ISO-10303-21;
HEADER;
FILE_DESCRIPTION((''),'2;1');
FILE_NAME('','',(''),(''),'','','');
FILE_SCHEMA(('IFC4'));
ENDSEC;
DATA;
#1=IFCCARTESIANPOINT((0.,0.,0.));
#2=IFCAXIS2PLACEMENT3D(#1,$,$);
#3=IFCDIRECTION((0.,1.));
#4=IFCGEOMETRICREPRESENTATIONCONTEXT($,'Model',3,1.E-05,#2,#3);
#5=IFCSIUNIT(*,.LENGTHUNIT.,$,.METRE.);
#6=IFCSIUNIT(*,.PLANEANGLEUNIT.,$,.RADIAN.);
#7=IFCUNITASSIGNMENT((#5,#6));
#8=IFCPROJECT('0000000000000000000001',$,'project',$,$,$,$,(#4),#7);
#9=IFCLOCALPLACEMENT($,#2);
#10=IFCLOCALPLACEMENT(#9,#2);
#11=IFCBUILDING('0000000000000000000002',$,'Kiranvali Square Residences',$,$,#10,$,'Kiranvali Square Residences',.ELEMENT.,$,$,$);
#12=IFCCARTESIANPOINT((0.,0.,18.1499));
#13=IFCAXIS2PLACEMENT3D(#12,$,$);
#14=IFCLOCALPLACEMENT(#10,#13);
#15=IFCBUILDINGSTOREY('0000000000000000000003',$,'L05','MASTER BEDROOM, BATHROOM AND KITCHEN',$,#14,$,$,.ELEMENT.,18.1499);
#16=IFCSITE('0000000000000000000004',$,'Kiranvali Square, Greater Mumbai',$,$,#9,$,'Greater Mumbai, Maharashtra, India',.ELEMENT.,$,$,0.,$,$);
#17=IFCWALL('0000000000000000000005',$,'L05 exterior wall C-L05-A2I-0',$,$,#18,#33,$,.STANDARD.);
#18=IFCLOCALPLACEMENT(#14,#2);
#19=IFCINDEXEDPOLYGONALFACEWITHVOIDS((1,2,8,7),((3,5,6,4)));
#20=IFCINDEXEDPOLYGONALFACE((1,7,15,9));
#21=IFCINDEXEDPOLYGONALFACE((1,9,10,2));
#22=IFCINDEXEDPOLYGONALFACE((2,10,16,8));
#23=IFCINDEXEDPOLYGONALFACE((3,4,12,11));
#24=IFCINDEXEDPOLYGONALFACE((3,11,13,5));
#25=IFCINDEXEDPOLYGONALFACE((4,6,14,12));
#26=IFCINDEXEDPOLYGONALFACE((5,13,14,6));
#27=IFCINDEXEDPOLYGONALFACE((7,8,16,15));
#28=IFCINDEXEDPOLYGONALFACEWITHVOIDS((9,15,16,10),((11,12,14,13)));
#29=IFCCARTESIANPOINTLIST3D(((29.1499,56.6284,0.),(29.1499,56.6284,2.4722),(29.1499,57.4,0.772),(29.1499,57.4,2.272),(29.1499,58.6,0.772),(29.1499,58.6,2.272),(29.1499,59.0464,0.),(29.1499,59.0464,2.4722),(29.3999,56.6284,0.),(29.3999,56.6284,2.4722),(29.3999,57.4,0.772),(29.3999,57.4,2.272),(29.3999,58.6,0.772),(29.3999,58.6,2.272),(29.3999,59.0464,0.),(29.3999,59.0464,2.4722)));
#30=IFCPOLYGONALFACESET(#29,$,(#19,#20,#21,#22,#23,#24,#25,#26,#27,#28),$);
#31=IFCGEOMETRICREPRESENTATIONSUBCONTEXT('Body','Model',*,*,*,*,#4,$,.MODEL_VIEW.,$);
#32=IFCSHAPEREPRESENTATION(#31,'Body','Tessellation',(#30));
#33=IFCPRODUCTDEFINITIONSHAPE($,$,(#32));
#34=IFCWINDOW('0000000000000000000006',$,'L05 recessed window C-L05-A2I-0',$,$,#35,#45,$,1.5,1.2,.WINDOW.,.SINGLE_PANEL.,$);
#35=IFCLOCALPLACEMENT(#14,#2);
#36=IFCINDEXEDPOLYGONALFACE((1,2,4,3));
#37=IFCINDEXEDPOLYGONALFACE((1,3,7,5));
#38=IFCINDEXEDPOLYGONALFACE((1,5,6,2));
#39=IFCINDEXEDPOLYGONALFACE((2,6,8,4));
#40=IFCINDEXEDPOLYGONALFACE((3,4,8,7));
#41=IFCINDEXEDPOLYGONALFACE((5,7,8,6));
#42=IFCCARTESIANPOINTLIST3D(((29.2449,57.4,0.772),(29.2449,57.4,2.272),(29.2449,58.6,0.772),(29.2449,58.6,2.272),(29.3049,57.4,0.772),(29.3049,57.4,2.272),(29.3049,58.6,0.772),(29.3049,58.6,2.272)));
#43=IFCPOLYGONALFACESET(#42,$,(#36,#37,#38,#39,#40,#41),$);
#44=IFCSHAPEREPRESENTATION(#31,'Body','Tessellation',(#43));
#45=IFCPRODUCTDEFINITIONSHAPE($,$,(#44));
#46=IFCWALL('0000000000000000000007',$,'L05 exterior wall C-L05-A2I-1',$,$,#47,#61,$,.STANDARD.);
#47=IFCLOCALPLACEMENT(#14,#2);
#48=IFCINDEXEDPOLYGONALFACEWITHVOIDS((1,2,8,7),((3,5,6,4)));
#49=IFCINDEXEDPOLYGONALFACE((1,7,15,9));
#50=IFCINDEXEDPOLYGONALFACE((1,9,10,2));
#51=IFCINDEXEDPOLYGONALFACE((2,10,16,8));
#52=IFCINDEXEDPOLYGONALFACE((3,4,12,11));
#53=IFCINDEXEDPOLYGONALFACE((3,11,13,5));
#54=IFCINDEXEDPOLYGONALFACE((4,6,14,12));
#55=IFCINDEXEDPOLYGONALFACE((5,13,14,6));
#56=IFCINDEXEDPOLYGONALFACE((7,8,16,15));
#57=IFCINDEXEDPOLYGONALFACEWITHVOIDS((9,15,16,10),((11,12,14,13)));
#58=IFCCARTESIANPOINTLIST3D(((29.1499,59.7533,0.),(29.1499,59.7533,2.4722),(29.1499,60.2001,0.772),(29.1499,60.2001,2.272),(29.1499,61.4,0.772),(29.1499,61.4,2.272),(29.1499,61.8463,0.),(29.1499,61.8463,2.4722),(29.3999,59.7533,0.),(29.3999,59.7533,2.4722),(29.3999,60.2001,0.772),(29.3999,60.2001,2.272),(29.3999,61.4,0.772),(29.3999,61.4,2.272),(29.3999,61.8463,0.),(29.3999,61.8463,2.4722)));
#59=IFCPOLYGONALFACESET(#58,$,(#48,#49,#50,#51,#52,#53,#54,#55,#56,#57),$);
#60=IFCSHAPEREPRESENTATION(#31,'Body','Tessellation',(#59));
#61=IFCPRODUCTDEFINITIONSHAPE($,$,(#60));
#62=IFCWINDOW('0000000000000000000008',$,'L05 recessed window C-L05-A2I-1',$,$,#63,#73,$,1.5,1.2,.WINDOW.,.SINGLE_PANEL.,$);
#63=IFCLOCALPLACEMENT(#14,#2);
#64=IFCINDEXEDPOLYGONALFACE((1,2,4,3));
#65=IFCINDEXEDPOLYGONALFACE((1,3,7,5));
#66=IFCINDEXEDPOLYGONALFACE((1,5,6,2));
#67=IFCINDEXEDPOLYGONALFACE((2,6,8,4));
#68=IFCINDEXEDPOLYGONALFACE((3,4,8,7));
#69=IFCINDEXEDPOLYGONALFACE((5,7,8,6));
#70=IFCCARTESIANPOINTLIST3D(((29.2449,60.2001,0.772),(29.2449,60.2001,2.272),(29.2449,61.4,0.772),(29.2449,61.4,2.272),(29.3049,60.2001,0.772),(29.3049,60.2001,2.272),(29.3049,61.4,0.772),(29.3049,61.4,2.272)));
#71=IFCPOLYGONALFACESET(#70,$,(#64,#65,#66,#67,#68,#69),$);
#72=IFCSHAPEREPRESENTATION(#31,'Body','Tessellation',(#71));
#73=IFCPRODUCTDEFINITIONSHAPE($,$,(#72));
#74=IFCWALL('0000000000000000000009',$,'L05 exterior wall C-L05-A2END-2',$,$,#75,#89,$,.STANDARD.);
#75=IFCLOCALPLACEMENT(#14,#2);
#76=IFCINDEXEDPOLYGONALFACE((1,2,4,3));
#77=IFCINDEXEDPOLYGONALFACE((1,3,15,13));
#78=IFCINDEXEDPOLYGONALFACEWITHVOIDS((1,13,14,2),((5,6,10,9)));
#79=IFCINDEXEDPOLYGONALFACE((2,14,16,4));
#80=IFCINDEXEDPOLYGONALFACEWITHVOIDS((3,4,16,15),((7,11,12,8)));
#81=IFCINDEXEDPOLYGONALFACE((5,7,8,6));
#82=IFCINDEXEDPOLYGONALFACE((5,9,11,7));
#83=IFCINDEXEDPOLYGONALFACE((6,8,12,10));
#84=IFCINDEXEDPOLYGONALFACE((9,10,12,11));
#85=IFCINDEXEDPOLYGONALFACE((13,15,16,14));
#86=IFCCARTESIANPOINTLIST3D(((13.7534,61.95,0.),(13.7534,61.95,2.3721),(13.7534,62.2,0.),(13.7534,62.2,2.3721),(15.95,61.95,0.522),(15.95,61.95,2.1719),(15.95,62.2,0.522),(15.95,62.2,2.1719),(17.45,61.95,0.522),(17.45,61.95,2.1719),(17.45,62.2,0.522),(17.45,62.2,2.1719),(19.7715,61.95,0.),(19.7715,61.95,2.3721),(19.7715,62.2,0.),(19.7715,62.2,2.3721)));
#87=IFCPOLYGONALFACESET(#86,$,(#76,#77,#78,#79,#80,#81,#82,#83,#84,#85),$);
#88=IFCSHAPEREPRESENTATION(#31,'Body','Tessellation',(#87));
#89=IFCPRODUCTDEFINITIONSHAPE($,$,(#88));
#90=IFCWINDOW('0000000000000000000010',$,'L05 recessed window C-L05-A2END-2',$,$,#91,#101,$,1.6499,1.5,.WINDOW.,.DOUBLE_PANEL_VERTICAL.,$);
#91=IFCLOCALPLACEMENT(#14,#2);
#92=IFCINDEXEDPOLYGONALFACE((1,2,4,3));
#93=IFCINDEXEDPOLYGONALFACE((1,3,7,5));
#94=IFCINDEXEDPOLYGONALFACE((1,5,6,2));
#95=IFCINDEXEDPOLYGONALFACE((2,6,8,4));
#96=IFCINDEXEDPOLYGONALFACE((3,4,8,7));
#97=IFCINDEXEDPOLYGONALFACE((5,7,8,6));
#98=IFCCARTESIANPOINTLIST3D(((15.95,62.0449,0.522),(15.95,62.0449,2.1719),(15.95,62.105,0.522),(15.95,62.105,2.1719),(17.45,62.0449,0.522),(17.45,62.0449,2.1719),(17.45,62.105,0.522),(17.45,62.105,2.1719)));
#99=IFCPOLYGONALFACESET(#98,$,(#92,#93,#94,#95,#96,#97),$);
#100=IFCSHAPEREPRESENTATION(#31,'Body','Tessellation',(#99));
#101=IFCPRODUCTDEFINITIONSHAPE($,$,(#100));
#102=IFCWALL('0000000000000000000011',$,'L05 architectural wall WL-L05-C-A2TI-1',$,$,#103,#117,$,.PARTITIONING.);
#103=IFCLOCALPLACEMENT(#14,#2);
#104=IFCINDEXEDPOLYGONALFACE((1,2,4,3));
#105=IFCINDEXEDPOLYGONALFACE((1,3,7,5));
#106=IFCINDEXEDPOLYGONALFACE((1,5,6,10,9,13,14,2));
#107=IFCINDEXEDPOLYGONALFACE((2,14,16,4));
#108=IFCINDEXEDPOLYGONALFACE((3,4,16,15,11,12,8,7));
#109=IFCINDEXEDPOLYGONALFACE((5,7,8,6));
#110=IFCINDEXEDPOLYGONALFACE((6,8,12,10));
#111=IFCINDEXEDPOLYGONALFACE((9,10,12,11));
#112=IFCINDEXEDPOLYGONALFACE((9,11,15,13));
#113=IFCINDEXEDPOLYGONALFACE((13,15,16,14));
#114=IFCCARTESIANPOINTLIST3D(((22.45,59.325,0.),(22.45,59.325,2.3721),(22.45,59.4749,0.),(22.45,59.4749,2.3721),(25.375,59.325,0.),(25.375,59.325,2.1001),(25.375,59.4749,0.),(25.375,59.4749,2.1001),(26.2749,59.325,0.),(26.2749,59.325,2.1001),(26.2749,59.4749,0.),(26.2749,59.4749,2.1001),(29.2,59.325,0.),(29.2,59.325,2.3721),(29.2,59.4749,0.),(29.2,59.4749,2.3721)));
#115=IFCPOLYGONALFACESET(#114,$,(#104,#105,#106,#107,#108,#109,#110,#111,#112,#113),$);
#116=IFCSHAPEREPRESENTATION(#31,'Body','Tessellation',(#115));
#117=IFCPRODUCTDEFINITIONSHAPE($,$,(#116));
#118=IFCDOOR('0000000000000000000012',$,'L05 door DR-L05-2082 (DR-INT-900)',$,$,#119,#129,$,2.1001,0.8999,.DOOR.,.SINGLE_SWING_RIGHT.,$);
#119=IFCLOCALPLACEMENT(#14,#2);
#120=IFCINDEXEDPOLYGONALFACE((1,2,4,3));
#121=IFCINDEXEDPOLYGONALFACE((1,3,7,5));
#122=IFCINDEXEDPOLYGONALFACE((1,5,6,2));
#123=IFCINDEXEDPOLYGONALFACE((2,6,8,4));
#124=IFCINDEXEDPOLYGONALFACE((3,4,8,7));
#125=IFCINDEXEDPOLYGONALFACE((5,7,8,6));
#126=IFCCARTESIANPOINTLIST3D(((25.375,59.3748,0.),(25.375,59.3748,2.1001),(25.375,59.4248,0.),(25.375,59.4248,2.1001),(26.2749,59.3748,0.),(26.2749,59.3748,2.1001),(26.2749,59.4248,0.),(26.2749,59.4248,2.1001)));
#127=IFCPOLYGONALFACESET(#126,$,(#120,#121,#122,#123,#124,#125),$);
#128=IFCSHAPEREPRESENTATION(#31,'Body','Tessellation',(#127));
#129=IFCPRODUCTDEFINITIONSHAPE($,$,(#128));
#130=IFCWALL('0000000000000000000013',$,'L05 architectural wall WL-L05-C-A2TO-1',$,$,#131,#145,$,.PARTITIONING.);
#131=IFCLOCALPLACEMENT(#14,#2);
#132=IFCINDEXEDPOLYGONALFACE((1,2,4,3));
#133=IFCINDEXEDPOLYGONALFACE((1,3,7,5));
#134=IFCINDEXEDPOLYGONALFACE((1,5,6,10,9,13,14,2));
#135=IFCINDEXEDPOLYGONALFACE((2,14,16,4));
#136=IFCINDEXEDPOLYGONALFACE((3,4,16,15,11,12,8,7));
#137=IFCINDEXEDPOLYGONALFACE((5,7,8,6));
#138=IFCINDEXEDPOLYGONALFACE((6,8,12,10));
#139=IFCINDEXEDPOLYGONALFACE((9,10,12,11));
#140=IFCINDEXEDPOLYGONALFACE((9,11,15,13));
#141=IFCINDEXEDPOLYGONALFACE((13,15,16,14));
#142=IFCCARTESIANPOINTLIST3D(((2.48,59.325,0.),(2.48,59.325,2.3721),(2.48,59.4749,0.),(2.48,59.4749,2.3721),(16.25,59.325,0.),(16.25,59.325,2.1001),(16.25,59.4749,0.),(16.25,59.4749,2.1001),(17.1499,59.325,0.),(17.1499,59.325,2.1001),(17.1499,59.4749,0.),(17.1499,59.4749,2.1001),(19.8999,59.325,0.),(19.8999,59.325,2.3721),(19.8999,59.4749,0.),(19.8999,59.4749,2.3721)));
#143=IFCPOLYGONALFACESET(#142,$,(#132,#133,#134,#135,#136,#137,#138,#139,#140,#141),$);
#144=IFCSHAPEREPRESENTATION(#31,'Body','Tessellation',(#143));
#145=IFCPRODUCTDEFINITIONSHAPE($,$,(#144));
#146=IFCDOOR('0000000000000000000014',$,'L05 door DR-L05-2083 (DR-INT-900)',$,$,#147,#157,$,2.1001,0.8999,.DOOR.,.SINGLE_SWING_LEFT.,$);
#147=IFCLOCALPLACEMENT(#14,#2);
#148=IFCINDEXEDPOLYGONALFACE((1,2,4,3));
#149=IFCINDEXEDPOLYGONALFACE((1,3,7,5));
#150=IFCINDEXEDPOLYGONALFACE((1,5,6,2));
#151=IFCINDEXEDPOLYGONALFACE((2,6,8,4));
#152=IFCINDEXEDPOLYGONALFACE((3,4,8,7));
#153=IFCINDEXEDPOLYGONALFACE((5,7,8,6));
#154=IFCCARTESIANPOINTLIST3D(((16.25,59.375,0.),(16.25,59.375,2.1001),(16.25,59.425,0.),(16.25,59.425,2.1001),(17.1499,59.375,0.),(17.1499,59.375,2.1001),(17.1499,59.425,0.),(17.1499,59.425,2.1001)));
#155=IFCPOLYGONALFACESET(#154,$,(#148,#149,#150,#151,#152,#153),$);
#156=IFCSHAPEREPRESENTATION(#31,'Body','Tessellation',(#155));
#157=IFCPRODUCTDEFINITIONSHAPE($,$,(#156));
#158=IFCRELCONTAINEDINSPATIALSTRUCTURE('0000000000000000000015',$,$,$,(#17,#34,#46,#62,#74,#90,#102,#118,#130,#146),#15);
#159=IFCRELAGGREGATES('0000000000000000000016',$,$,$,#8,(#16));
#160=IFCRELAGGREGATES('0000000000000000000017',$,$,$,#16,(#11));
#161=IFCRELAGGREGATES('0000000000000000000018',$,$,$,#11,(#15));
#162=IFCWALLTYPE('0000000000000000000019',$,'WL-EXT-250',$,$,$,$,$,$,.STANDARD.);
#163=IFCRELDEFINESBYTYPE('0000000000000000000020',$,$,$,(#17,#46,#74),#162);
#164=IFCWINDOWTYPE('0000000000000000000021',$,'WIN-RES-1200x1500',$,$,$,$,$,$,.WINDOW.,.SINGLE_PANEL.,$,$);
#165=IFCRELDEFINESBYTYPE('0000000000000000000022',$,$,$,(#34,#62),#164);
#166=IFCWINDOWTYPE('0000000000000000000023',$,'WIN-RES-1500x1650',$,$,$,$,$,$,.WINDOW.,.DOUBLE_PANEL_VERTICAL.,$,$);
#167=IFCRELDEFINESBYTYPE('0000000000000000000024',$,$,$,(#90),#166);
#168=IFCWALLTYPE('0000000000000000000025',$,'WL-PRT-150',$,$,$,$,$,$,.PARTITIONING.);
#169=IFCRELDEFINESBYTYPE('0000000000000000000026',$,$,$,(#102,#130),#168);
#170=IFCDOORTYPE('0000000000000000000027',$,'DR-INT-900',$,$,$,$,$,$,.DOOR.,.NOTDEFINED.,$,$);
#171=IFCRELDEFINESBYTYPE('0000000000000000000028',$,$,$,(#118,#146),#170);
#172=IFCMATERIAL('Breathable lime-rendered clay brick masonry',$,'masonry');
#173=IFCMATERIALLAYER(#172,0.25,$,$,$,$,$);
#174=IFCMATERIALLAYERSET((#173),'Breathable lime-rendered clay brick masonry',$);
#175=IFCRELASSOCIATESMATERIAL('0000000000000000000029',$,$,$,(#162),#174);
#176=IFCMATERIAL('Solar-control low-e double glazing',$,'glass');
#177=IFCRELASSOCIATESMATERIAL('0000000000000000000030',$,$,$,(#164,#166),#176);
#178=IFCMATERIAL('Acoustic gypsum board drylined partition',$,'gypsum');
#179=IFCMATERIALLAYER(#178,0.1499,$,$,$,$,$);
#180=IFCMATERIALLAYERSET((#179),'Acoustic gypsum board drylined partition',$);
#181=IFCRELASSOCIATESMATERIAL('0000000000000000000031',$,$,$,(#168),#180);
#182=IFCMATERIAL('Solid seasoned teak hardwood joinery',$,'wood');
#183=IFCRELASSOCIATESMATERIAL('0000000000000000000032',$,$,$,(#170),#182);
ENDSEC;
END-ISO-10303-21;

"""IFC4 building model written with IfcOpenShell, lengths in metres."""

from ifc_helpers import new_model, si_unit, direction, frame, frame_2d, origin, place, context, subcontext, project, spatial, rectangle, extrude, material, layer, layer_set, type_object, element, fill, save


model = new_model("IFC4")

# Units and contexts
model_context = context("Model", 3, precision=1e-05, world=origin(), true_north=direction((0.0, 1.0)))
body_context = subcontext(model_context, "Body", "Model", "MODEL_VIEW")
ifc_project = project(units=[si_unit("LENGTHUNIT", "METRE"), si_unit("PLANEANGLEUNIT", "RADIAN")], contexts=[model_context])

# Site, building, storey
site_placement = place(None, origin())
site = spatial("IfcSite", under=ifc_project, at=site_placement, Name="Kiranvali Square, Greater Mumbai", LongName="Greater Mumbai, Maharashtra, India", CompositionType="ELEMENT", RefElevation=0.0)
building_placement = place(site_placement, origin())
building = spatial("IfcBuilding", under=site, at=building_placement, Name="Kiranvali Square Residences", LongName="Kiranvali Square Residences", CompositionType="ELEMENT")
storey_placement = place(building_placement, frame((0.0, 0.0, 18.1499)))
storey = spatial("IfcBuildingStorey", under=building, at=storey_placement, Name="L05", Description="MASTER BEDROOM, BATHROOM AND KITCHEN", CompositionType="ELEMENT", Elevation=18.1499)

# Walls, openings, windows
ifc_material_1 = material(Name="Breathable lime-rendered clay brick masonry", Category="masonry")
ifc_layer_1 = layer(ifc_material_1, 0.25)
ifc_layer_set_1 = layer_set([ifc_layer_1], Name="Breathable lime-rendered clay brick masonry")
wall_type_1 = type_object("IfcWallType", Name="WL-EXT-250", PredefinedType="STANDARD", material=ifc_layer_set_1)
wall_1_placement = place(storey_placement, frame((29.2749, 56.6284, 0.0), z_axis=(0.0, 0.0, 1.0), x_axis=(0.0, 1.0, 0.0)))
wall_1 = element("IfcWall", 1, at=wall_1_placement, inside=storey, type_object=wall_type_1, Name="L05 exterior wall C-L05-A2I-0", PredefinedType="STANDARD", context=body_context, shape_type="SweptSolid", body=[
    extrude(rectangle(XDim=2.418, YDim=0.25, at=frame_2d((1.209, 0.0))), origin(), (0.0, 0.0, 1.0), 2.4722),
])
opening_1_placement = place(wall_1_placement, frame((0.7715, 0.0, 0.772)))
opening_1 = element("IfcOpeningElement", 2, at=opening_1_placement, cuts=wall_1, PredefinedType="OPENING", context=body_context, shape_type="SweptSolid", body=[
    extrude(rectangle(XDim=1.2, YDim=1.5, at=frame_2d((0.6001, 0.75))), frame((0.0, 0.135, 0.0), z_axis=(0.0, -1.0, 0.0), x_axis=(1.0, 0.0, 0.0)), (0.0, 0.0, 1.0), 0.27),
])
ifc_material_2 = material(Name="Solar-control low-e double glazing", Category="glass")
window_type_1 = type_object("IfcWindowType", Name="WIN-RES-1200x1500", PartitioningType="SINGLE_PANEL", PredefinedType="WINDOW", material=ifc_material_2)
window_1_placement = place(opening_1_placement, origin())
window_1 = element("IfcWindow", 3, at=window_1_placement, inside=storey, type_object=window_type_1, Name="L05 recessed window C-L05-A2I-0", OverallHeight=1.5, OverallWidth=1.2, PartitioningType="SINGLE_PANEL", PredefinedType="WINDOW", context=body_context, shape_type="SweptSolid", body=[
    extrude(rectangle(XDim=1.2, YDim=1.5, at=frame_2d((0.6001, 0.75))), frame((0.0, 0.03, 0.0), z_axis=(0.0, -1.0, 0.0), x_axis=(1.0, 0.0, 0.0)), (0.0, 0.0, 1.0), 0.0601),
])
fill(opening_1, window_1)
wall_2_placement = place(storey_placement, frame((29.2749, 59.7534, 0.0), z_axis=(0.0, 0.0, 1.0), x_axis=(0.0, 1.0, 0.0)))
wall_2 = element("IfcWall", 4, at=wall_2_placement, inside=storey, type_object=wall_type_1, Name="L05 exterior wall C-L05-A2I-1", PredefinedType="STANDARD", context=body_context, shape_type="SweptSolid", body=[
    extrude(rectangle(XDim=2.093, YDim=0.25, at=frame_2d((1.0464, 0.0))), origin(), (0.0, 0.0, 1.0), 2.4722),
])
opening_2_placement = place(wall_2_placement, frame((0.4465, 0.0, 0.772)))
opening_2 = element("IfcOpeningElement", 5, at=opening_2_placement, cuts=wall_2, PredefinedType="OPENING", context=body_context, shape_type="SweptSolid", body=[
    extrude(rectangle(XDim=1.2, YDim=1.5, at=frame_2d((0.6001, 0.75))), frame((0.0, 0.135, 0.0), z_axis=(0.0, -1.0, 0.0), x_axis=(1.0, 0.0, 0.0)), (0.0, 0.0, 1.0), 0.27),
])
window_2_placement = place(opening_2_placement, origin())
window_2 = element("IfcWindow", 6, at=window_2_placement, inside=storey, type_object=window_type_1, Name="L05 recessed window C-L05-A2I-1", OverallHeight=1.5, OverallWidth=1.2, PartitioningType="SINGLE_PANEL", PredefinedType="WINDOW", context=body_context, shape_type="SweptSolid", body=[
    extrude(rectangle(XDim=1.2, YDim=1.5, at=frame_2d((0.6001, 0.75))), frame((0.0, 0.03, 0.0), z_axis=(0.0, -1.0, 0.0), x_axis=(1.0, 0.0, 0.0)), (0.0, 0.0, 1.0), 0.0601),
])
fill(opening_2, window_2)
wall_3_placement = place(storey_placement, frame((19.7715, 62.075, 0.0), z_axis=(0.0, 0.0, 1.0), x_axis=(-1.0, 0.0, 0.0)))
wall_3 = element("IfcWall", 7, at=wall_3_placement, inside=storey, type_object=wall_type_1, Name="L05 exterior wall C-L05-A2END-2", PredefinedType="STANDARD", context=body_context, shape_type="SweptSolid", body=[
    extrude(rectangle(XDim=6.0181, YDim=0.25, at=frame_2d((3.009, 0.0))), origin(), (0.0, 0.0, 1.0), 2.3721),
])
opening_3_placement = place(wall_3_placement, frame((2.3215, 0.0, 0.522)))
opening_3 = element("IfcOpeningElement", 8, at=opening_3_placement, cuts=wall_3, PredefinedType="OPENING", context=body_context, shape_type="SweptSolid", body=[
    extrude(rectangle(XDim=1.5, YDim=1.6499, at=frame_2d((0.75, 0.825))), frame((0.0, 0.135, 0.0), z_axis=(0.0, -1.0, 0.0), x_axis=(1.0, 0.0, 0.0)), (0.0, 0.0, 1.0), 0.27),
])
window_type_2 = type_object("IfcWindowType", Name="WIN-RES-1500x1650", PartitioningType="DOUBLE_PANEL_VERTICAL", PredefinedType="WINDOW", material=ifc_material_2)
window_3_placement = place(opening_3_placement, origin())
window_3 = element("IfcWindow", 9, at=window_3_placement, inside=storey, type_object=window_type_2, Name="L05 recessed window C-L05-A2END-2", OverallHeight=1.6499, OverallWidth=1.5, PartitioningType="DOUBLE_PANEL_VERTICAL", PredefinedType="WINDOW", context=body_context, shape_type="SweptSolid", body=[
    extrude(rectangle(XDim=1.5, YDim=1.6499, at=frame_2d((0.75, 0.825))), frame((0.0, 0.03, 0.0), z_axis=(0.0, -1.0, 0.0), x_axis=(1.0, 0.0, 0.0)), (0.0, 0.0, 1.0), 0.0601),
])
fill(opening_3, window_3)

# Walls, openings, doors
ifc_material_3 = material(Name="Acoustic gypsum board drylined partition", Category="gypsum")
ifc_layer_2 = layer(ifc_material_3, 0.1499)
ifc_layer_set_2 = layer_set([ifc_layer_2], Name="Acoustic gypsum board drylined partition")
wall_type_2 = type_object("IfcWallType", Name="WL-PRT-150", PredefinedType="PARTITIONING", material=ifc_layer_set_2)
wall_4_placement = place(storey_placement, frame((29.2, 59.3999, 0.0), z_axis=(0.0, 0.0, 1.0), x_axis=(-1.0, 0.0, 0.0)))
wall_4 = element("IfcWall", 10, at=wall_4_placement, inside=storey, type_object=wall_type_2, Name="L05 architectural wall WL-L05-C-A2TI-1", PredefinedType="PARTITIONING", context=body_context, shape_type="SweptSolid", body=[
    extrude(rectangle(XDim=6.75, YDim=0.1499, at=frame_2d((3.375, 0.0))), origin(), (0.0, 0.0, 1.0), 2.3721),
])
opening_4_placement = place(wall_4_placement, frame((2.925, 0.0, 0.0)))
opening_4 = element("IfcOpeningElement", 11, at=opening_4_placement, cuts=wall_4, PredefinedType="OPENING", context=body_context, shape_type="SweptSolid", body=[
    extrude(rectangle(XDim=0.8999, YDim=2.1001, at=frame_2d((0.45, 1.05))), frame((0.0, 0.085, 0.0), z_axis=(0.0, -1.0, 0.0), x_axis=(1.0, 0.0, 0.0)), (0.0, 0.0, 1.0), 0.1699),
])
ifc_material_4 = material(Name="Solid seasoned teak hardwood joinery", Category="wood")
door_type_1 = type_object("IfcDoorType", Name="DR-INT-900", OperationType="NOTDEFINED", PredefinedType="DOOR", material=ifc_material_4)
door_1_placement = place(opening_4_placement, frame((0.8999, 0.0, 0.0), z_axis=(0.0, 0.0, 1.0), x_axis=(-1.0, 0.0, 0.0)))
door_1 = element("IfcDoor", 12, at=door_1_placement, inside=storey, type_object=door_type_1, Name="L05 door DR-L05-2082 (DR-INT-900)", OperationType="SINGLE_SWING_RIGHT", OverallHeight=2.1001, OverallWidth=0.8999, PredefinedType="DOOR", context=body_context, shape_type="SweptSolid", body=[
    extrude(rectangle(XDim=0.8999, YDim=2.1001, at=frame_2d((0.45, 1.05))), frame((0.0, 0.0249, 0.0), z_axis=(0.0, -1.0, 0.0), x_axis=(1.0, 0.0, 0.0)), (0.0, 0.0, 1.0), 0.05),
])
fill(opening_4, door_1)
wall_5_placement = place(storey_placement, frame((19.8999, 59.3999, 0.0), z_axis=(0.0, 0.0, 1.0), x_axis=(-1.0, 0.0, 0.0)))
wall_5 = element("IfcWall", 13, at=wall_5_placement, inside=storey, type_object=wall_type_2, Name="L05 architectural wall WL-L05-C-A2TO-1", PredefinedType="PARTITIONING", context=body_context, shape_type="SweptSolid", body=[
    extrude(rectangle(XDim=17.4199, YDim=0.1499, at=frame_2d((8.71, 0.0))), origin(), (0.0, 0.0, 1.0), 2.3721),
])
opening_5_placement = place(wall_5_placement, frame((2.75, 0.0, 0.0)))
opening_5 = element("IfcOpeningElement", 14, at=opening_5_placement, cuts=wall_5, PredefinedType="OPENING", context=body_context, shape_type="SweptSolid", body=[
    extrude(rectangle(XDim=0.8999, YDim=2.1001, at=frame_2d((0.45, 1.05))), frame((0.0, 0.085, 0.0), z_axis=(0.0, -1.0, 0.0), x_axis=(1.0, 0.0, 0.0)), (0.0, 0.0, 1.0), 0.1699),
])
door_2_placement = place(opening_5_placement, origin())
door_2 = element("IfcDoor", 15, at=door_2_placement, inside=storey, type_object=door_type_1, Name="L05 door DR-L05-2083 (DR-INT-900)", OperationType="SINGLE_SWING_LEFT", OverallHeight=2.1001, OverallWidth=0.8999, PredefinedType="DOOR", context=body_context, shape_type="SweptSolid", body=[
    extrude(rectangle(XDim=0.8999, YDim=2.1001, at=frame_2d((0.45, 1.05))), frame((0.0, 0.0249, 0.0), z_axis=(0.0, -1.0, 0.0), x_axis=(1.0, 0.0, 0.0)), (0.0, 0.0, 1.0), 0.05),
])
fill(opening_5, door_2)

save(model, "model.ifc")
